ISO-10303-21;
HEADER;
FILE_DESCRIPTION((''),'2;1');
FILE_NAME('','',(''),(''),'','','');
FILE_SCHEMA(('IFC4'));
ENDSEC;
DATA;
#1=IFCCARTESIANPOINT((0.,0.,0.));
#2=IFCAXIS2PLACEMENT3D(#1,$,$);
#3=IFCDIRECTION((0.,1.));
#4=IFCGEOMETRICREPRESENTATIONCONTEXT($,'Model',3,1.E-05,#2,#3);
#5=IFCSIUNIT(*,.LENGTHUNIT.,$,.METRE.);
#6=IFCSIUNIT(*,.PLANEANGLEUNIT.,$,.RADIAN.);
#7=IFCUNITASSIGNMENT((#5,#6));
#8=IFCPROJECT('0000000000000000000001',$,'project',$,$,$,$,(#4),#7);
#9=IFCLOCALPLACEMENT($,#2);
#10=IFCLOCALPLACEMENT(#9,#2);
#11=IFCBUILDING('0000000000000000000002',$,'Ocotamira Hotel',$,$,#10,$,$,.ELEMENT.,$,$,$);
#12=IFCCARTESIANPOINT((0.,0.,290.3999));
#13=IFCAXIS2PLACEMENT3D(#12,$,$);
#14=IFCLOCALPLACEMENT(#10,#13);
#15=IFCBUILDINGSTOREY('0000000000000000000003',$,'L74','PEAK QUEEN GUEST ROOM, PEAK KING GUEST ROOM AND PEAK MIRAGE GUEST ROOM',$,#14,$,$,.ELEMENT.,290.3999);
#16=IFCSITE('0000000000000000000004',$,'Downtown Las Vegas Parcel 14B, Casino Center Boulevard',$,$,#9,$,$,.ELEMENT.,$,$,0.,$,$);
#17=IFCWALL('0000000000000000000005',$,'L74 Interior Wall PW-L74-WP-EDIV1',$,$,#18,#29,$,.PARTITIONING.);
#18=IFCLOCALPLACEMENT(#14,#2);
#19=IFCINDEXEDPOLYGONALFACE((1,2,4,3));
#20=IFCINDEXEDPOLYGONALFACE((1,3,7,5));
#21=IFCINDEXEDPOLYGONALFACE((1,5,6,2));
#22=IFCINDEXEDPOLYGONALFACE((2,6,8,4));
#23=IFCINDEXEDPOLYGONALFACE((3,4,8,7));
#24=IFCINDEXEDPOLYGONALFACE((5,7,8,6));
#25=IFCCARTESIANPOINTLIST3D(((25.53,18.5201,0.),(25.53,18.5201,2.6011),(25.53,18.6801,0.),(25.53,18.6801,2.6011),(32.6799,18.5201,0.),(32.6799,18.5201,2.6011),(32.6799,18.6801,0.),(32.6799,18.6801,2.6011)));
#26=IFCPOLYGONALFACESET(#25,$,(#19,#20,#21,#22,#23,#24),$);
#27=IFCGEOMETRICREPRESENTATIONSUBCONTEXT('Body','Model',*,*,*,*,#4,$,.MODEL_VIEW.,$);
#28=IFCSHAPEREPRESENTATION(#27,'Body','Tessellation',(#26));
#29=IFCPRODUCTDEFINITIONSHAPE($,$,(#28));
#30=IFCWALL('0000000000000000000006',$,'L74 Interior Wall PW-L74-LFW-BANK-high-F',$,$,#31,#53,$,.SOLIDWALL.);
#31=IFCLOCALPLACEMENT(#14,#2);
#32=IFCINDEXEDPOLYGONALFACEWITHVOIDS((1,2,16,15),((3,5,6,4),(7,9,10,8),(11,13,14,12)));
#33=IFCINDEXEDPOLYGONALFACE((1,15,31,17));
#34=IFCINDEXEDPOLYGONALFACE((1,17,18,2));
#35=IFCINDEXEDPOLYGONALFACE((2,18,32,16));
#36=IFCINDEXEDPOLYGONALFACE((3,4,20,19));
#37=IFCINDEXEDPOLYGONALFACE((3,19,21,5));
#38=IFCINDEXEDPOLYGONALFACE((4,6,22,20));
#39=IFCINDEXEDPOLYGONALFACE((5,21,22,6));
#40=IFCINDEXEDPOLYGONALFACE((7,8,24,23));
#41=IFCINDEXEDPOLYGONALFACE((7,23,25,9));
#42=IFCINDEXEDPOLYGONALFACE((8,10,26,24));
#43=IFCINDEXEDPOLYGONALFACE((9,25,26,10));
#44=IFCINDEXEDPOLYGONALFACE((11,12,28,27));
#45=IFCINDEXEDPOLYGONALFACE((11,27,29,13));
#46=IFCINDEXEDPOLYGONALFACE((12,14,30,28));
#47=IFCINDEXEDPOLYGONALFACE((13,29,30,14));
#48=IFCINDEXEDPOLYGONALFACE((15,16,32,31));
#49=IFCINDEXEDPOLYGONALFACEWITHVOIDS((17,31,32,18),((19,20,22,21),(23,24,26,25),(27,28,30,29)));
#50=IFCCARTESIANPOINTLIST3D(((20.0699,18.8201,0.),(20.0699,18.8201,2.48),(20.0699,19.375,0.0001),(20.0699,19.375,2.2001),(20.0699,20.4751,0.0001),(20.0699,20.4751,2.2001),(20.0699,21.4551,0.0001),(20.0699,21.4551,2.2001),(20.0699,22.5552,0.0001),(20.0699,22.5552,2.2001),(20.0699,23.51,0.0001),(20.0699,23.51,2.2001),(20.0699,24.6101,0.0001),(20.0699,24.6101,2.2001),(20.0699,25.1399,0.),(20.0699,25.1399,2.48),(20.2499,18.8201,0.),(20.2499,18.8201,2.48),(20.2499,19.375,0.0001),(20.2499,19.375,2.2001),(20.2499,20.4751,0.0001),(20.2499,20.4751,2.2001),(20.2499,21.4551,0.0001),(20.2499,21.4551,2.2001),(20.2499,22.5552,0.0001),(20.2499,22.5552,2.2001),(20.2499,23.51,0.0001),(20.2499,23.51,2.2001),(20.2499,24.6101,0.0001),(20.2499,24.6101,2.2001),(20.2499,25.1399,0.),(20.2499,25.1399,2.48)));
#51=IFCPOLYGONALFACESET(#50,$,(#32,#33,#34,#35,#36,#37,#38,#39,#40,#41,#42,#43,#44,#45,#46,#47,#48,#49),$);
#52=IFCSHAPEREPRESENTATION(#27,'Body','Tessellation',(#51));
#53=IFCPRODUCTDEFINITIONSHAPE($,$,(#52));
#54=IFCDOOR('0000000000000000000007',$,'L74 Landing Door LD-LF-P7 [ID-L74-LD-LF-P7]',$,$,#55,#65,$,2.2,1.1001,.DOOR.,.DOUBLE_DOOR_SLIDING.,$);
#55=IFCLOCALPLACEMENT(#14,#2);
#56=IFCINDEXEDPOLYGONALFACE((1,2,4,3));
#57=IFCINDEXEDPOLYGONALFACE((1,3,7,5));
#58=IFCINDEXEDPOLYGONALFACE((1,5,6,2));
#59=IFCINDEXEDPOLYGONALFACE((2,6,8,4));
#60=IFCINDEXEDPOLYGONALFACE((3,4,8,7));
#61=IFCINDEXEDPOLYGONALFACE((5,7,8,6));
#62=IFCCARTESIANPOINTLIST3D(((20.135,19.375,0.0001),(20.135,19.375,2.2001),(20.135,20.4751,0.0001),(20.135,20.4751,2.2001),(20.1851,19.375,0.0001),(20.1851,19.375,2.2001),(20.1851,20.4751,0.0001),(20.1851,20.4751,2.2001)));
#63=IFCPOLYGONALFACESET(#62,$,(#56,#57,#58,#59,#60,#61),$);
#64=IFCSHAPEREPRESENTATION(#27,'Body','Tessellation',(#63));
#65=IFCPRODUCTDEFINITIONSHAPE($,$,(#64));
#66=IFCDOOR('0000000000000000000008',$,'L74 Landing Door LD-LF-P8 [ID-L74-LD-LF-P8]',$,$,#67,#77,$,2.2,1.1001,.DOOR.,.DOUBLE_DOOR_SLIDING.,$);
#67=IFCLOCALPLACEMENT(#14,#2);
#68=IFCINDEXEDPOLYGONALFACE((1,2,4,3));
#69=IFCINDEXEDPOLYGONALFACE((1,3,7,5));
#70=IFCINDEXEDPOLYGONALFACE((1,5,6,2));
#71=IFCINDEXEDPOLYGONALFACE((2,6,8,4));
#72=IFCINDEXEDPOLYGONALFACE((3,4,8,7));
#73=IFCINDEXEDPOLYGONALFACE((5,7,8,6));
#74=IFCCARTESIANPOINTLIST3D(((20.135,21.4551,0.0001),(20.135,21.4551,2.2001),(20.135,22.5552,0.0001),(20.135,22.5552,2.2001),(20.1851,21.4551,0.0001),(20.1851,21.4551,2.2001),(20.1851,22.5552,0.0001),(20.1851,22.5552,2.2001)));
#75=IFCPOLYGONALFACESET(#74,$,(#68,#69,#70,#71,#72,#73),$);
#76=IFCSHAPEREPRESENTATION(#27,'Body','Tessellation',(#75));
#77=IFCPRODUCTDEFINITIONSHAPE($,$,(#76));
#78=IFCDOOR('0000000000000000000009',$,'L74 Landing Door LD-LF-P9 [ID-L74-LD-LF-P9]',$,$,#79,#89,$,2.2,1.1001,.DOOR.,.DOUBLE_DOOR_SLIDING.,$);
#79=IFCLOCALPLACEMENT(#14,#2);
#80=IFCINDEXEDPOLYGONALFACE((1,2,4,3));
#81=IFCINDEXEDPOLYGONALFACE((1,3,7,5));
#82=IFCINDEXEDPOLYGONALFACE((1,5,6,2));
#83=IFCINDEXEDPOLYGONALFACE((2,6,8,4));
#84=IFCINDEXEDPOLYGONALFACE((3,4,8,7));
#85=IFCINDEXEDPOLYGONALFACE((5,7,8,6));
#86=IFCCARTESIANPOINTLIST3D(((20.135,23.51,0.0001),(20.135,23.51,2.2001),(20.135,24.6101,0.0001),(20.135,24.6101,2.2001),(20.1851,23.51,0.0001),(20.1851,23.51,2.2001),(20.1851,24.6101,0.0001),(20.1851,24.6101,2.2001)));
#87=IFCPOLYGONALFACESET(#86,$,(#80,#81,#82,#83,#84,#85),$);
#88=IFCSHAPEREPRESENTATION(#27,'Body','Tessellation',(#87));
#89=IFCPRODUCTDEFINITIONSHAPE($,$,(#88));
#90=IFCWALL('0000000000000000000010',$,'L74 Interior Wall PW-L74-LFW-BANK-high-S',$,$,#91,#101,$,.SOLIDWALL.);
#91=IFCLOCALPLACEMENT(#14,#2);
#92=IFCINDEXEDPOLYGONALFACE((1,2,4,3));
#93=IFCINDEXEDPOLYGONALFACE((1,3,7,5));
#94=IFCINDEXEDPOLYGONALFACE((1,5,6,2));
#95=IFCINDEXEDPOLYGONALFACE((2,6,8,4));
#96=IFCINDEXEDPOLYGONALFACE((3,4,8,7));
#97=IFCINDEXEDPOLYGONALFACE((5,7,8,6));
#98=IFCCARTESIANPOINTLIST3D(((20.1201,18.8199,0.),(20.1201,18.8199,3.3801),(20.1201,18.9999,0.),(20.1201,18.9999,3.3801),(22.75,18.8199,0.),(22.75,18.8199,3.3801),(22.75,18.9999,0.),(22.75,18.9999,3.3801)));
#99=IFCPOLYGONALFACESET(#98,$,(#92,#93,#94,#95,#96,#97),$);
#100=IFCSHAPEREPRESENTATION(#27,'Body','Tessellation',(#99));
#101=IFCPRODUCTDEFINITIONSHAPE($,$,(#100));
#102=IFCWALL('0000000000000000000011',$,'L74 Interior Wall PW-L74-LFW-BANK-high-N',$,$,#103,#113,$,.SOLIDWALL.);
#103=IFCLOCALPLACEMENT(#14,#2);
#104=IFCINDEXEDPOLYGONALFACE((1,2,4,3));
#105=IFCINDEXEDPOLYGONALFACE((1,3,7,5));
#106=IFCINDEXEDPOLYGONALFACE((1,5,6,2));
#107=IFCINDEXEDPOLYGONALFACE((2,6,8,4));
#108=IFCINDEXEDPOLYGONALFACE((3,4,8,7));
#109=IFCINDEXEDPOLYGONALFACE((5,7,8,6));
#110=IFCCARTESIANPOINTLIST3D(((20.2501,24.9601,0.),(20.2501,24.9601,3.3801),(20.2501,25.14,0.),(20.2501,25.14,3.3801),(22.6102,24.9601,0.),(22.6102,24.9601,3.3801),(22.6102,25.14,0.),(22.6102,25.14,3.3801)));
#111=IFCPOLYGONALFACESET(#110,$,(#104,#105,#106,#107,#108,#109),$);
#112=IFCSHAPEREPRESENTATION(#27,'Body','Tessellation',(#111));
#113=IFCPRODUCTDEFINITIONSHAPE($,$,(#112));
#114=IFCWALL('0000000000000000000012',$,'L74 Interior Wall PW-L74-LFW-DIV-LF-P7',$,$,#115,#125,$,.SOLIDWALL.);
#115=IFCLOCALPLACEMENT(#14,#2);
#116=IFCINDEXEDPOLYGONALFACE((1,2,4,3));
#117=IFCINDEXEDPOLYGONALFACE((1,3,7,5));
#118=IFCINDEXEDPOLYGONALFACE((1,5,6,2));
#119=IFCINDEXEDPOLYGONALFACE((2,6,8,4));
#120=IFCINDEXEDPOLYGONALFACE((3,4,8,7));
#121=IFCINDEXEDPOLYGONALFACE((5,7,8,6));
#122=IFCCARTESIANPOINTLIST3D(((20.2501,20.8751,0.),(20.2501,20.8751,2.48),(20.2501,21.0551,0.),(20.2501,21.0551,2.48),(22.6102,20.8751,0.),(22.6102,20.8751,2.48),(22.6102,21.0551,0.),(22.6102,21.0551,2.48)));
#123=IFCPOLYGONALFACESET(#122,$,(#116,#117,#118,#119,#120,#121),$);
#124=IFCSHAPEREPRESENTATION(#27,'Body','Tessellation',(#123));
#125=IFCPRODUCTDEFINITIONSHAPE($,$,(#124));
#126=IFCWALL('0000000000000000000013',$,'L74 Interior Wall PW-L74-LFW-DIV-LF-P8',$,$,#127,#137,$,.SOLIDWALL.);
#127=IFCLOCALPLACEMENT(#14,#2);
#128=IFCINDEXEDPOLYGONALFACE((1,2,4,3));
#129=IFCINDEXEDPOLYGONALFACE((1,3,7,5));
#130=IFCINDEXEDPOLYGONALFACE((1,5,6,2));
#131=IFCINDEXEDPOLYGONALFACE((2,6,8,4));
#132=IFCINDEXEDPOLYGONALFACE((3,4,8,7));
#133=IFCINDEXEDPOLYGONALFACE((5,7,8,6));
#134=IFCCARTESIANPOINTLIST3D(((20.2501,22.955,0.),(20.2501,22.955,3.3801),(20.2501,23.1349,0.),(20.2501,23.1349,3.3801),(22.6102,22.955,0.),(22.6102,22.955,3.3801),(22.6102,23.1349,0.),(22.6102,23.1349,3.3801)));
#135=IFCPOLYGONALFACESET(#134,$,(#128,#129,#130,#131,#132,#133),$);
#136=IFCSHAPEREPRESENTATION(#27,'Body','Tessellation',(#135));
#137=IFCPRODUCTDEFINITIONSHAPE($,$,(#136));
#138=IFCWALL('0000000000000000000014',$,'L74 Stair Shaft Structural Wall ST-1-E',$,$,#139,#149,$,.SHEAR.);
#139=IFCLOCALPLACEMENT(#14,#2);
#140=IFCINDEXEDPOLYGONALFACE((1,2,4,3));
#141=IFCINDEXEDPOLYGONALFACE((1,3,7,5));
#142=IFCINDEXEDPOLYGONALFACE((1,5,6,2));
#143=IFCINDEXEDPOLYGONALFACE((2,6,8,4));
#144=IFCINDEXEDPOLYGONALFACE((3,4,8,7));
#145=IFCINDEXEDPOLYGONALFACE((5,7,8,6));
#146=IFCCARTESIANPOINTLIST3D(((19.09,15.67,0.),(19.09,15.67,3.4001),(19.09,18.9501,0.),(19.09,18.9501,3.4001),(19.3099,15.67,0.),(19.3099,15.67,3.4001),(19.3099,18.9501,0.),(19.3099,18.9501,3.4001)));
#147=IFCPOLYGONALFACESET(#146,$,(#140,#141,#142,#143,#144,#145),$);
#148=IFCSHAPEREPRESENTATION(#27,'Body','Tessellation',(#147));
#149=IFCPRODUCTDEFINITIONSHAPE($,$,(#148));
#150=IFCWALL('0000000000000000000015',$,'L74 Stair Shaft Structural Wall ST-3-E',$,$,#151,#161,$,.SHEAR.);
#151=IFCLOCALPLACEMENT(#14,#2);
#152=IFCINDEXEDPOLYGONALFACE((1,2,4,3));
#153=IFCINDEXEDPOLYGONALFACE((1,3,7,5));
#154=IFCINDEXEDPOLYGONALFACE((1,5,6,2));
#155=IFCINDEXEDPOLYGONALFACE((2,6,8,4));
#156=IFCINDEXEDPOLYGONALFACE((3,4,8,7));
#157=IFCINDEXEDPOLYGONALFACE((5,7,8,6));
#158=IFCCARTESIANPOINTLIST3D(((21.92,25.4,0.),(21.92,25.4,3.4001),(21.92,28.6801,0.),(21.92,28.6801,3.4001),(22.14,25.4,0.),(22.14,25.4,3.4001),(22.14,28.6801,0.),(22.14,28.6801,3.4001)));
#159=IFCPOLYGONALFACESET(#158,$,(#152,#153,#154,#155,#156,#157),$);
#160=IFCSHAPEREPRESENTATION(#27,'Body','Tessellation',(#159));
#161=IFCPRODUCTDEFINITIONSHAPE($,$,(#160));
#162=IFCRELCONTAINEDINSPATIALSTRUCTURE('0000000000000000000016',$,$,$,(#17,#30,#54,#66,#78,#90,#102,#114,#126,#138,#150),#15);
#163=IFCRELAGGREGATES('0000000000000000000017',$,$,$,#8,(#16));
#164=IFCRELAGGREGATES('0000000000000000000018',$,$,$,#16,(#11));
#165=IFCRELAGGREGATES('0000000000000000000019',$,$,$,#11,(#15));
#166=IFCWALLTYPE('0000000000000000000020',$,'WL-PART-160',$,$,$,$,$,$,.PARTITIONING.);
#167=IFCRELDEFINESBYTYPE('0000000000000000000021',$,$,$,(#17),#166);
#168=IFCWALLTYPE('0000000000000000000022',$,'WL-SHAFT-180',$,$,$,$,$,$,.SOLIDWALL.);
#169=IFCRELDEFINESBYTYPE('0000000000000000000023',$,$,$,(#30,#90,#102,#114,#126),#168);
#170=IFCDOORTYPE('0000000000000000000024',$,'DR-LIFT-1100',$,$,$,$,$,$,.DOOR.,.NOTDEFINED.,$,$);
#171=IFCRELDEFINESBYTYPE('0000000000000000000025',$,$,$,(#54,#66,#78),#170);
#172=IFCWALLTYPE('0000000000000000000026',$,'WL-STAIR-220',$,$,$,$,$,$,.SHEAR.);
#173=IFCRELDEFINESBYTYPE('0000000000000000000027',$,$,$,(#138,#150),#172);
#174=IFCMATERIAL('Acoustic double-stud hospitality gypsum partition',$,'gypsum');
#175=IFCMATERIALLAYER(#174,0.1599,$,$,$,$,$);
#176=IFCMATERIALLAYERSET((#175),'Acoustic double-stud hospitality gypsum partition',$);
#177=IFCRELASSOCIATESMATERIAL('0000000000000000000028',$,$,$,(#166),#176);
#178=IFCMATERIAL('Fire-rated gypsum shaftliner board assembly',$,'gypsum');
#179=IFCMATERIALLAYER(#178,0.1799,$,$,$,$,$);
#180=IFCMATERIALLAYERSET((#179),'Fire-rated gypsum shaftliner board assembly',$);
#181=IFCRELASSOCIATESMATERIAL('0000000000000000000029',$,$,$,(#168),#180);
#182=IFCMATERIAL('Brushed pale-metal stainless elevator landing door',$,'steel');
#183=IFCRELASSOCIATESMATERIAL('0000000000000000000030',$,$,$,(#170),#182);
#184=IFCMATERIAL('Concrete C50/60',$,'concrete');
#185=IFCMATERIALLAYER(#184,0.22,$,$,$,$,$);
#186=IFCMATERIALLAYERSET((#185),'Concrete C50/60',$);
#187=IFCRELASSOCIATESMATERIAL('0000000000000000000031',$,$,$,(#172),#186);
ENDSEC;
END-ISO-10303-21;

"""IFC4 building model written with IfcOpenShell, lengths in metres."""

from ifc_helpers import new_model, si_unit, direction, frame, frame_2d, origin, place, context, subcontext, project, spatial, rectangle, extrude, source, transform, mapped, material, layer, layer_set, type_object, element, fill, save


model = new_model("IFC4")

# Units and contexts
model_context = context("Model", 3, precision=1e-05, world=origin(), true_north=direction((0.0, 1.0)))
body_context = subcontext(model_context, "Body", "Model", "MODEL_VIEW")
ifc_project = project(units=[si_unit("LENGTHUNIT", "METRE"), si_unit("PLANEANGLEUNIT", "RADIAN")], contexts=[model_context])

# Site, building, storey
site_placement = place(None, origin())
site = spatial("IfcSite", under=ifc_project, at=site_placement, Name="Downtown Las Vegas Parcel 14B, Casino Center Boulevard", CompositionType="ELEMENT", RefElevation=0.0)
building_placement = place(site_placement, origin())
building = spatial("IfcBuilding", under=site, at=building_placement, Name="Ocotamira Hotel", CompositionType="ELEMENT")
storey_placement = place(building_placement, frame((0.0, 0.0, 290.3999)))
storey = spatial("IfcBuildingStorey", under=building, at=storey_placement, Name="L74", Description="PEAK QUEEN GUEST ROOM, PEAK KING GUEST ROOM AND PEAK MIRAGE GUEST ROOM", CompositionType="ELEMENT", Elevation=290.3999)

# Shared definitions
ifc_material_1 = material(Name="Concrete C50/60", Category="concrete")

# Wall
ifc_material_2 = material(Name="Acoustic double-stud hospitality gypsum partition", Category="gypsum")
ifc_layer_1 = layer(ifc_material_2, 0.1599)
ifc_layer_set_1 = layer_set([ifc_layer_1], Name="Acoustic double-stud hospitality gypsum partition")
wall_type_1 = type_object("IfcWallType", Name="WL-PART-160", PredefinedType="PARTITIONING", material=ifc_layer_set_1)
wall_1_placement = place(storey_placement, frame((25.53, 18.6001, 0.0), z_axis=(0.0, 0.0, 1.0), x_axis=(1.0, 0.0, 0.0)))
element("IfcWall", 1, at=wall_1_placement, inside=storey, type_object=wall_type_1, Name="L74 Interior Wall PW-L74-WP-EDIV1", PredefinedType="PARTITIONING", context=body_context, shape_type="SweptSolid", body=[
    extrude(rectangle(XDim=7.1499, YDim=0.1599, at=frame_2d((3.575, 0.0))), origin(), (0.0, 0.0, 1.0), 2.6011),
])

# Wall, openings, doors
ifc_material_3 = material(Name="Fire-rated gypsum shaftliner board assembly", Category="gypsum")
ifc_layer_2 = layer(ifc_material_3, 0.1799)
ifc_layer_set_2 = layer_set([ifc_layer_2], Name="Fire-rated gypsum shaftliner board assembly")
wall_type_2 = type_object("IfcWallType", Name="WL-SHAFT-180", PredefinedType="SOLIDWALL", material=ifc_layer_set_2)
wall_2_placement = place(storey_placement, frame((20.1599, 18.8201, 0.0), z_axis=(0.0, 0.0, 1.0), x_axis=(0.0, 1.0, 0.0)))
wall_2 = element("IfcWall", 2, at=wall_2_placement, inside=storey, type_object=wall_type_2, Name="L74 Interior Wall PW-L74-LFW-BANK-high-F", PredefinedType="SOLIDWALL", context=body_context, shape_type="SweptSolid", body=[
    extrude(rectangle(XDim=6.3198, YDim=0.1799, at=frame_2d((3.1599, 0.0))), origin(), (0.0, 0.0, 1.0), 2.48),
])
opening_1_placement = place(wall_2_placement, frame((0.5549, 0.0, 0.0)))
opening_1 = element("IfcOpeningElement", 3, at=opening_1_placement, cuts=wall_2, PredefinedType="OPENING", context=body_context, shape_type="SweptSolid", body=[
    extrude(rectangle(XDim=1.1001, YDim=2.2, at=frame_2d((0.55, 1.1001))), frame((0.0, 0.1001, 0.0), z_axis=(0.0, -1.0, 0.0), x_axis=(1.0, 0.0, 0.0)), (0.0, 0.0, 1.0), 0.2),
])
opening_2_placement = place(wall_2_placement, frame((2.635, 0.0, 0.0)))
opening_2 = element("IfcOpeningElement", 4, at=opening_2_placement, cuts=wall_2, PredefinedType="OPENING", context=body_context, shape_type="SweptSolid", body=[
    extrude(rectangle(XDim=1.1001, YDim=2.2, at=frame_2d((0.55, 1.1001))), frame((0.0, 0.1001, 0.0), z_axis=(0.0, -1.0, 0.0), x_axis=(1.0, 0.0, 0.0)), (0.0, 0.0, 1.0), 0.2),
])
opening_3_placement = place(wall_2_placement, frame((4.6899, 0.0, 0.0)))
opening_3 = element("IfcOpeningElement", 5, at=opening_3_placement, cuts=wall_2, PredefinedType="OPENING", context=body_context, shape_type="SweptSolid", body=[
    extrude(rectangle(XDim=1.1001, YDim=2.2, at=frame_2d((0.55, 1.1001))), frame((0.0, 0.1001, 0.0), z_axis=(0.0, -1.0, 0.0), x_axis=(1.0, 0.0, 0.0)), (0.0, 0.0, 1.0), 0.2),
])
ifc_material_4 = material(Name="Brushed pale-metal stainless elevator landing door", Category="steel")
door_type_1 = type_object("IfcDoorType", Name="DR-LIFT-1100", OperationType="NOTDEFINED", PredefinedType="DOOR", material=ifc_material_4)
shared_shape_1 = source(origin(), body_context, "Body", "SweptSolid", [
    extrude(rectangle(XDim=1.1001, YDim=2.2, at=frame_2d((0.55, 1.1001))), frame((0.0, 0.0249, 0.0), z_axis=(0.0, -1.0, 0.0), x_axis=(1.0, 0.0, 0.0)), (0.0, 0.0, 1.0), 0.05),
])
door_1_placement = place(opening_1_placement, origin())
door_1 = element("IfcDoor", 6, at=door_1_placement, inside=storey, type_object=door_type_1, Name="L74 Landing Door LD-LF-P7 [ID-L74-LD-LF-P7]", OperationType="DOUBLE_DOOR_SLIDING", OverallHeight=2.2, OverallWidth=1.1001, PredefinedType="DOOR", context=body_context, shape_type="MappedRepresentation", body=[
    mapped(shared_shape_1, transform((0.0, 0.0, 0.0), scale=1.0)),
])
fill(opening_1, door_1)
door_2_placement = place(opening_2_placement, origin())
door_2 = element("IfcDoor", 7, at=door_2_placement, inside=storey, type_object=door_type_1, Name="L74 Landing Door LD-LF-P8 [ID-L74-LD-LF-P8]", OperationType="DOUBLE_DOOR_SLIDING", OverallHeight=2.2, OverallWidth=1.1001, PredefinedType="DOOR", context=body_context, shape_type="MappedRepresentation", body=[
    mapped(shared_shape_1, transform((0.0, 0.0, 0.0), scale=1.0)),
])
fill(opening_2, door_2)
door_3_placement = place(opening_3_placement, origin())
door_3 = element("IfcDoor", 8, at=door_3_placement, inside=storey, type_object=door_type_1, Name="L74 Landing Door LD-LF-P9 [ID-L74-LD-LF-P9]", OperationType="DOUBLE_DOOR_SLIDING", OverallHeight=2.2, OverallWidth=1.1001, PredefinedType="DOOR", context=body_context, shape_type="MappedRepresentation", body=[
    mapped(shared_shape_1, transform((0.0, 0.0, 0.0), scale=1.0)),
])
fill(opening_3, door_3)

# Walls
wall_3_placement = place(storey_placement, frame((20.1201, 18.9099, 0.0), z_axis=(0.0, 0.0, 1.0), x_axis=(1.0, 0.0, 0.0)))
element("IfcWall", 9, at=wall_3_placement, inside=storey, type_object=wall_type_2, Name="L74 Interior Wall PW-L74-LFW-BANK-high-S", PredefinedType="SOLIDWALL", context=body_context, shape_type="SweptSolid", body=[
    extrude(rectangle(XDim=2.6299, YDim=0.1799, at=frame_2d((1.3149, 0.0))), origin(), (0.0, 0.0, 1.0), 3.3801),
])
wall_4_placement = place(storey_placement, frame((20.25, 25.05, 0.0), z_axis=(0.0, 0.0, 1.0), x_axis=(1.0, 0.0, 0.0)))
element("IfcWall", 10, at=wall_4_placement, inside=storey, type_object=wall_type_2, Name="L74 Interior Wall PW-L74-LFW-BANK-high-N", PredefinedType="SOLIDWALL", context=body_context, shape_type="SweptSolid", body=[
    extrude(rectangle(XDim=2.3601, YDim=0.1799, at=frame_2d((1.1802, 0.0))), origin(), (0.0, 0.0, 1.0), 3.3801),
])
wall_5_placement = place(storey_placement, frame((20.25, 20.9651, 0.0), z_axis=(0.0, 0.0, 1.0), x_axis=(1.0, 0.0, 0.0)))
element("IfcWall", 11, at=wall_5_placement, inside=storey, type_object=wall_type_2, Name="L74 Interior Wall PW-L74-LFW-DIV-LF-P7", PredefinedType="SOLIDWALL", context=body_context, shape_type="SweptSolid", body=[
    extrude(rectangle(XDim=2.3601, YDim=0.1799, at=frame_2d((1.1802, 0.0))), origin(), (0.0, 0.0, 1.0), 2.48),
])
wall_6_placement = place(storey_placement, frame((20.25, 23.0449, 0.0), z_axis=(0.0, 0.0, 1.0), x_axis=(1.0, 0.0, 0.0)))
element("IfcWall", 12, at=wall_6_placement, inside=storey, type_object=wall_type_2, Name="L74 Interior Wall PW-L74-LFW-DIV-LF-P8", PredefinedType="SOLIDWALL", context=body_context, shape_type="SweptSolid", body=[
    extrude(rectangle(XDim=2.3601, YDim=0.1799, at=frame_2d((1.1802, 0.0))), origin(), (0.0, 0.0, 1.0), 3.3801),
])
ifc_layer_3 = layer(ifc_material_1, 0.22)
ifc_layer_set_3 = layer_set([ifc_layer_3], Name="Concrete C50/60")
wall_type_3 = type_object("IfcWallType", Name="WL-STAIR-220", PredefinedType="SHEAR", material=ifc_layer_set_3)
for number, where, z_axis, x_axis, name in (
    (13, (19.2, 15.6699, 0.0), (0.0, 0.0, 1.0), (0.0, 1.0, 0.0), "L74 Stair Shaft Structural Wall ST-1-E"),
    (14, (22.03, 25.3999, 0.0), (0.0, 0.0, 1.0), (0.0, 1.0, 0.0), "L74 Stair Shaft Structural Wall ST-3-E"),
):
    element("IfcWall", number, at=place(storey_placement, frame(where, z_axis=z_axis, x_axis=x_axis)), inside=storey, type_object=wall_type_3, Name=name, PredefinedType="SHEAR", context=body_context, shape_type="SweptSolid", body=[
        extrude(rectangle(XDim=3.28, YDim=0.22, at=frame_2d((1.6401, 0.0))), origin(), (0.0, 0.0, 1.0), 3.4001),
    ])

save(model, "model.ifc")
